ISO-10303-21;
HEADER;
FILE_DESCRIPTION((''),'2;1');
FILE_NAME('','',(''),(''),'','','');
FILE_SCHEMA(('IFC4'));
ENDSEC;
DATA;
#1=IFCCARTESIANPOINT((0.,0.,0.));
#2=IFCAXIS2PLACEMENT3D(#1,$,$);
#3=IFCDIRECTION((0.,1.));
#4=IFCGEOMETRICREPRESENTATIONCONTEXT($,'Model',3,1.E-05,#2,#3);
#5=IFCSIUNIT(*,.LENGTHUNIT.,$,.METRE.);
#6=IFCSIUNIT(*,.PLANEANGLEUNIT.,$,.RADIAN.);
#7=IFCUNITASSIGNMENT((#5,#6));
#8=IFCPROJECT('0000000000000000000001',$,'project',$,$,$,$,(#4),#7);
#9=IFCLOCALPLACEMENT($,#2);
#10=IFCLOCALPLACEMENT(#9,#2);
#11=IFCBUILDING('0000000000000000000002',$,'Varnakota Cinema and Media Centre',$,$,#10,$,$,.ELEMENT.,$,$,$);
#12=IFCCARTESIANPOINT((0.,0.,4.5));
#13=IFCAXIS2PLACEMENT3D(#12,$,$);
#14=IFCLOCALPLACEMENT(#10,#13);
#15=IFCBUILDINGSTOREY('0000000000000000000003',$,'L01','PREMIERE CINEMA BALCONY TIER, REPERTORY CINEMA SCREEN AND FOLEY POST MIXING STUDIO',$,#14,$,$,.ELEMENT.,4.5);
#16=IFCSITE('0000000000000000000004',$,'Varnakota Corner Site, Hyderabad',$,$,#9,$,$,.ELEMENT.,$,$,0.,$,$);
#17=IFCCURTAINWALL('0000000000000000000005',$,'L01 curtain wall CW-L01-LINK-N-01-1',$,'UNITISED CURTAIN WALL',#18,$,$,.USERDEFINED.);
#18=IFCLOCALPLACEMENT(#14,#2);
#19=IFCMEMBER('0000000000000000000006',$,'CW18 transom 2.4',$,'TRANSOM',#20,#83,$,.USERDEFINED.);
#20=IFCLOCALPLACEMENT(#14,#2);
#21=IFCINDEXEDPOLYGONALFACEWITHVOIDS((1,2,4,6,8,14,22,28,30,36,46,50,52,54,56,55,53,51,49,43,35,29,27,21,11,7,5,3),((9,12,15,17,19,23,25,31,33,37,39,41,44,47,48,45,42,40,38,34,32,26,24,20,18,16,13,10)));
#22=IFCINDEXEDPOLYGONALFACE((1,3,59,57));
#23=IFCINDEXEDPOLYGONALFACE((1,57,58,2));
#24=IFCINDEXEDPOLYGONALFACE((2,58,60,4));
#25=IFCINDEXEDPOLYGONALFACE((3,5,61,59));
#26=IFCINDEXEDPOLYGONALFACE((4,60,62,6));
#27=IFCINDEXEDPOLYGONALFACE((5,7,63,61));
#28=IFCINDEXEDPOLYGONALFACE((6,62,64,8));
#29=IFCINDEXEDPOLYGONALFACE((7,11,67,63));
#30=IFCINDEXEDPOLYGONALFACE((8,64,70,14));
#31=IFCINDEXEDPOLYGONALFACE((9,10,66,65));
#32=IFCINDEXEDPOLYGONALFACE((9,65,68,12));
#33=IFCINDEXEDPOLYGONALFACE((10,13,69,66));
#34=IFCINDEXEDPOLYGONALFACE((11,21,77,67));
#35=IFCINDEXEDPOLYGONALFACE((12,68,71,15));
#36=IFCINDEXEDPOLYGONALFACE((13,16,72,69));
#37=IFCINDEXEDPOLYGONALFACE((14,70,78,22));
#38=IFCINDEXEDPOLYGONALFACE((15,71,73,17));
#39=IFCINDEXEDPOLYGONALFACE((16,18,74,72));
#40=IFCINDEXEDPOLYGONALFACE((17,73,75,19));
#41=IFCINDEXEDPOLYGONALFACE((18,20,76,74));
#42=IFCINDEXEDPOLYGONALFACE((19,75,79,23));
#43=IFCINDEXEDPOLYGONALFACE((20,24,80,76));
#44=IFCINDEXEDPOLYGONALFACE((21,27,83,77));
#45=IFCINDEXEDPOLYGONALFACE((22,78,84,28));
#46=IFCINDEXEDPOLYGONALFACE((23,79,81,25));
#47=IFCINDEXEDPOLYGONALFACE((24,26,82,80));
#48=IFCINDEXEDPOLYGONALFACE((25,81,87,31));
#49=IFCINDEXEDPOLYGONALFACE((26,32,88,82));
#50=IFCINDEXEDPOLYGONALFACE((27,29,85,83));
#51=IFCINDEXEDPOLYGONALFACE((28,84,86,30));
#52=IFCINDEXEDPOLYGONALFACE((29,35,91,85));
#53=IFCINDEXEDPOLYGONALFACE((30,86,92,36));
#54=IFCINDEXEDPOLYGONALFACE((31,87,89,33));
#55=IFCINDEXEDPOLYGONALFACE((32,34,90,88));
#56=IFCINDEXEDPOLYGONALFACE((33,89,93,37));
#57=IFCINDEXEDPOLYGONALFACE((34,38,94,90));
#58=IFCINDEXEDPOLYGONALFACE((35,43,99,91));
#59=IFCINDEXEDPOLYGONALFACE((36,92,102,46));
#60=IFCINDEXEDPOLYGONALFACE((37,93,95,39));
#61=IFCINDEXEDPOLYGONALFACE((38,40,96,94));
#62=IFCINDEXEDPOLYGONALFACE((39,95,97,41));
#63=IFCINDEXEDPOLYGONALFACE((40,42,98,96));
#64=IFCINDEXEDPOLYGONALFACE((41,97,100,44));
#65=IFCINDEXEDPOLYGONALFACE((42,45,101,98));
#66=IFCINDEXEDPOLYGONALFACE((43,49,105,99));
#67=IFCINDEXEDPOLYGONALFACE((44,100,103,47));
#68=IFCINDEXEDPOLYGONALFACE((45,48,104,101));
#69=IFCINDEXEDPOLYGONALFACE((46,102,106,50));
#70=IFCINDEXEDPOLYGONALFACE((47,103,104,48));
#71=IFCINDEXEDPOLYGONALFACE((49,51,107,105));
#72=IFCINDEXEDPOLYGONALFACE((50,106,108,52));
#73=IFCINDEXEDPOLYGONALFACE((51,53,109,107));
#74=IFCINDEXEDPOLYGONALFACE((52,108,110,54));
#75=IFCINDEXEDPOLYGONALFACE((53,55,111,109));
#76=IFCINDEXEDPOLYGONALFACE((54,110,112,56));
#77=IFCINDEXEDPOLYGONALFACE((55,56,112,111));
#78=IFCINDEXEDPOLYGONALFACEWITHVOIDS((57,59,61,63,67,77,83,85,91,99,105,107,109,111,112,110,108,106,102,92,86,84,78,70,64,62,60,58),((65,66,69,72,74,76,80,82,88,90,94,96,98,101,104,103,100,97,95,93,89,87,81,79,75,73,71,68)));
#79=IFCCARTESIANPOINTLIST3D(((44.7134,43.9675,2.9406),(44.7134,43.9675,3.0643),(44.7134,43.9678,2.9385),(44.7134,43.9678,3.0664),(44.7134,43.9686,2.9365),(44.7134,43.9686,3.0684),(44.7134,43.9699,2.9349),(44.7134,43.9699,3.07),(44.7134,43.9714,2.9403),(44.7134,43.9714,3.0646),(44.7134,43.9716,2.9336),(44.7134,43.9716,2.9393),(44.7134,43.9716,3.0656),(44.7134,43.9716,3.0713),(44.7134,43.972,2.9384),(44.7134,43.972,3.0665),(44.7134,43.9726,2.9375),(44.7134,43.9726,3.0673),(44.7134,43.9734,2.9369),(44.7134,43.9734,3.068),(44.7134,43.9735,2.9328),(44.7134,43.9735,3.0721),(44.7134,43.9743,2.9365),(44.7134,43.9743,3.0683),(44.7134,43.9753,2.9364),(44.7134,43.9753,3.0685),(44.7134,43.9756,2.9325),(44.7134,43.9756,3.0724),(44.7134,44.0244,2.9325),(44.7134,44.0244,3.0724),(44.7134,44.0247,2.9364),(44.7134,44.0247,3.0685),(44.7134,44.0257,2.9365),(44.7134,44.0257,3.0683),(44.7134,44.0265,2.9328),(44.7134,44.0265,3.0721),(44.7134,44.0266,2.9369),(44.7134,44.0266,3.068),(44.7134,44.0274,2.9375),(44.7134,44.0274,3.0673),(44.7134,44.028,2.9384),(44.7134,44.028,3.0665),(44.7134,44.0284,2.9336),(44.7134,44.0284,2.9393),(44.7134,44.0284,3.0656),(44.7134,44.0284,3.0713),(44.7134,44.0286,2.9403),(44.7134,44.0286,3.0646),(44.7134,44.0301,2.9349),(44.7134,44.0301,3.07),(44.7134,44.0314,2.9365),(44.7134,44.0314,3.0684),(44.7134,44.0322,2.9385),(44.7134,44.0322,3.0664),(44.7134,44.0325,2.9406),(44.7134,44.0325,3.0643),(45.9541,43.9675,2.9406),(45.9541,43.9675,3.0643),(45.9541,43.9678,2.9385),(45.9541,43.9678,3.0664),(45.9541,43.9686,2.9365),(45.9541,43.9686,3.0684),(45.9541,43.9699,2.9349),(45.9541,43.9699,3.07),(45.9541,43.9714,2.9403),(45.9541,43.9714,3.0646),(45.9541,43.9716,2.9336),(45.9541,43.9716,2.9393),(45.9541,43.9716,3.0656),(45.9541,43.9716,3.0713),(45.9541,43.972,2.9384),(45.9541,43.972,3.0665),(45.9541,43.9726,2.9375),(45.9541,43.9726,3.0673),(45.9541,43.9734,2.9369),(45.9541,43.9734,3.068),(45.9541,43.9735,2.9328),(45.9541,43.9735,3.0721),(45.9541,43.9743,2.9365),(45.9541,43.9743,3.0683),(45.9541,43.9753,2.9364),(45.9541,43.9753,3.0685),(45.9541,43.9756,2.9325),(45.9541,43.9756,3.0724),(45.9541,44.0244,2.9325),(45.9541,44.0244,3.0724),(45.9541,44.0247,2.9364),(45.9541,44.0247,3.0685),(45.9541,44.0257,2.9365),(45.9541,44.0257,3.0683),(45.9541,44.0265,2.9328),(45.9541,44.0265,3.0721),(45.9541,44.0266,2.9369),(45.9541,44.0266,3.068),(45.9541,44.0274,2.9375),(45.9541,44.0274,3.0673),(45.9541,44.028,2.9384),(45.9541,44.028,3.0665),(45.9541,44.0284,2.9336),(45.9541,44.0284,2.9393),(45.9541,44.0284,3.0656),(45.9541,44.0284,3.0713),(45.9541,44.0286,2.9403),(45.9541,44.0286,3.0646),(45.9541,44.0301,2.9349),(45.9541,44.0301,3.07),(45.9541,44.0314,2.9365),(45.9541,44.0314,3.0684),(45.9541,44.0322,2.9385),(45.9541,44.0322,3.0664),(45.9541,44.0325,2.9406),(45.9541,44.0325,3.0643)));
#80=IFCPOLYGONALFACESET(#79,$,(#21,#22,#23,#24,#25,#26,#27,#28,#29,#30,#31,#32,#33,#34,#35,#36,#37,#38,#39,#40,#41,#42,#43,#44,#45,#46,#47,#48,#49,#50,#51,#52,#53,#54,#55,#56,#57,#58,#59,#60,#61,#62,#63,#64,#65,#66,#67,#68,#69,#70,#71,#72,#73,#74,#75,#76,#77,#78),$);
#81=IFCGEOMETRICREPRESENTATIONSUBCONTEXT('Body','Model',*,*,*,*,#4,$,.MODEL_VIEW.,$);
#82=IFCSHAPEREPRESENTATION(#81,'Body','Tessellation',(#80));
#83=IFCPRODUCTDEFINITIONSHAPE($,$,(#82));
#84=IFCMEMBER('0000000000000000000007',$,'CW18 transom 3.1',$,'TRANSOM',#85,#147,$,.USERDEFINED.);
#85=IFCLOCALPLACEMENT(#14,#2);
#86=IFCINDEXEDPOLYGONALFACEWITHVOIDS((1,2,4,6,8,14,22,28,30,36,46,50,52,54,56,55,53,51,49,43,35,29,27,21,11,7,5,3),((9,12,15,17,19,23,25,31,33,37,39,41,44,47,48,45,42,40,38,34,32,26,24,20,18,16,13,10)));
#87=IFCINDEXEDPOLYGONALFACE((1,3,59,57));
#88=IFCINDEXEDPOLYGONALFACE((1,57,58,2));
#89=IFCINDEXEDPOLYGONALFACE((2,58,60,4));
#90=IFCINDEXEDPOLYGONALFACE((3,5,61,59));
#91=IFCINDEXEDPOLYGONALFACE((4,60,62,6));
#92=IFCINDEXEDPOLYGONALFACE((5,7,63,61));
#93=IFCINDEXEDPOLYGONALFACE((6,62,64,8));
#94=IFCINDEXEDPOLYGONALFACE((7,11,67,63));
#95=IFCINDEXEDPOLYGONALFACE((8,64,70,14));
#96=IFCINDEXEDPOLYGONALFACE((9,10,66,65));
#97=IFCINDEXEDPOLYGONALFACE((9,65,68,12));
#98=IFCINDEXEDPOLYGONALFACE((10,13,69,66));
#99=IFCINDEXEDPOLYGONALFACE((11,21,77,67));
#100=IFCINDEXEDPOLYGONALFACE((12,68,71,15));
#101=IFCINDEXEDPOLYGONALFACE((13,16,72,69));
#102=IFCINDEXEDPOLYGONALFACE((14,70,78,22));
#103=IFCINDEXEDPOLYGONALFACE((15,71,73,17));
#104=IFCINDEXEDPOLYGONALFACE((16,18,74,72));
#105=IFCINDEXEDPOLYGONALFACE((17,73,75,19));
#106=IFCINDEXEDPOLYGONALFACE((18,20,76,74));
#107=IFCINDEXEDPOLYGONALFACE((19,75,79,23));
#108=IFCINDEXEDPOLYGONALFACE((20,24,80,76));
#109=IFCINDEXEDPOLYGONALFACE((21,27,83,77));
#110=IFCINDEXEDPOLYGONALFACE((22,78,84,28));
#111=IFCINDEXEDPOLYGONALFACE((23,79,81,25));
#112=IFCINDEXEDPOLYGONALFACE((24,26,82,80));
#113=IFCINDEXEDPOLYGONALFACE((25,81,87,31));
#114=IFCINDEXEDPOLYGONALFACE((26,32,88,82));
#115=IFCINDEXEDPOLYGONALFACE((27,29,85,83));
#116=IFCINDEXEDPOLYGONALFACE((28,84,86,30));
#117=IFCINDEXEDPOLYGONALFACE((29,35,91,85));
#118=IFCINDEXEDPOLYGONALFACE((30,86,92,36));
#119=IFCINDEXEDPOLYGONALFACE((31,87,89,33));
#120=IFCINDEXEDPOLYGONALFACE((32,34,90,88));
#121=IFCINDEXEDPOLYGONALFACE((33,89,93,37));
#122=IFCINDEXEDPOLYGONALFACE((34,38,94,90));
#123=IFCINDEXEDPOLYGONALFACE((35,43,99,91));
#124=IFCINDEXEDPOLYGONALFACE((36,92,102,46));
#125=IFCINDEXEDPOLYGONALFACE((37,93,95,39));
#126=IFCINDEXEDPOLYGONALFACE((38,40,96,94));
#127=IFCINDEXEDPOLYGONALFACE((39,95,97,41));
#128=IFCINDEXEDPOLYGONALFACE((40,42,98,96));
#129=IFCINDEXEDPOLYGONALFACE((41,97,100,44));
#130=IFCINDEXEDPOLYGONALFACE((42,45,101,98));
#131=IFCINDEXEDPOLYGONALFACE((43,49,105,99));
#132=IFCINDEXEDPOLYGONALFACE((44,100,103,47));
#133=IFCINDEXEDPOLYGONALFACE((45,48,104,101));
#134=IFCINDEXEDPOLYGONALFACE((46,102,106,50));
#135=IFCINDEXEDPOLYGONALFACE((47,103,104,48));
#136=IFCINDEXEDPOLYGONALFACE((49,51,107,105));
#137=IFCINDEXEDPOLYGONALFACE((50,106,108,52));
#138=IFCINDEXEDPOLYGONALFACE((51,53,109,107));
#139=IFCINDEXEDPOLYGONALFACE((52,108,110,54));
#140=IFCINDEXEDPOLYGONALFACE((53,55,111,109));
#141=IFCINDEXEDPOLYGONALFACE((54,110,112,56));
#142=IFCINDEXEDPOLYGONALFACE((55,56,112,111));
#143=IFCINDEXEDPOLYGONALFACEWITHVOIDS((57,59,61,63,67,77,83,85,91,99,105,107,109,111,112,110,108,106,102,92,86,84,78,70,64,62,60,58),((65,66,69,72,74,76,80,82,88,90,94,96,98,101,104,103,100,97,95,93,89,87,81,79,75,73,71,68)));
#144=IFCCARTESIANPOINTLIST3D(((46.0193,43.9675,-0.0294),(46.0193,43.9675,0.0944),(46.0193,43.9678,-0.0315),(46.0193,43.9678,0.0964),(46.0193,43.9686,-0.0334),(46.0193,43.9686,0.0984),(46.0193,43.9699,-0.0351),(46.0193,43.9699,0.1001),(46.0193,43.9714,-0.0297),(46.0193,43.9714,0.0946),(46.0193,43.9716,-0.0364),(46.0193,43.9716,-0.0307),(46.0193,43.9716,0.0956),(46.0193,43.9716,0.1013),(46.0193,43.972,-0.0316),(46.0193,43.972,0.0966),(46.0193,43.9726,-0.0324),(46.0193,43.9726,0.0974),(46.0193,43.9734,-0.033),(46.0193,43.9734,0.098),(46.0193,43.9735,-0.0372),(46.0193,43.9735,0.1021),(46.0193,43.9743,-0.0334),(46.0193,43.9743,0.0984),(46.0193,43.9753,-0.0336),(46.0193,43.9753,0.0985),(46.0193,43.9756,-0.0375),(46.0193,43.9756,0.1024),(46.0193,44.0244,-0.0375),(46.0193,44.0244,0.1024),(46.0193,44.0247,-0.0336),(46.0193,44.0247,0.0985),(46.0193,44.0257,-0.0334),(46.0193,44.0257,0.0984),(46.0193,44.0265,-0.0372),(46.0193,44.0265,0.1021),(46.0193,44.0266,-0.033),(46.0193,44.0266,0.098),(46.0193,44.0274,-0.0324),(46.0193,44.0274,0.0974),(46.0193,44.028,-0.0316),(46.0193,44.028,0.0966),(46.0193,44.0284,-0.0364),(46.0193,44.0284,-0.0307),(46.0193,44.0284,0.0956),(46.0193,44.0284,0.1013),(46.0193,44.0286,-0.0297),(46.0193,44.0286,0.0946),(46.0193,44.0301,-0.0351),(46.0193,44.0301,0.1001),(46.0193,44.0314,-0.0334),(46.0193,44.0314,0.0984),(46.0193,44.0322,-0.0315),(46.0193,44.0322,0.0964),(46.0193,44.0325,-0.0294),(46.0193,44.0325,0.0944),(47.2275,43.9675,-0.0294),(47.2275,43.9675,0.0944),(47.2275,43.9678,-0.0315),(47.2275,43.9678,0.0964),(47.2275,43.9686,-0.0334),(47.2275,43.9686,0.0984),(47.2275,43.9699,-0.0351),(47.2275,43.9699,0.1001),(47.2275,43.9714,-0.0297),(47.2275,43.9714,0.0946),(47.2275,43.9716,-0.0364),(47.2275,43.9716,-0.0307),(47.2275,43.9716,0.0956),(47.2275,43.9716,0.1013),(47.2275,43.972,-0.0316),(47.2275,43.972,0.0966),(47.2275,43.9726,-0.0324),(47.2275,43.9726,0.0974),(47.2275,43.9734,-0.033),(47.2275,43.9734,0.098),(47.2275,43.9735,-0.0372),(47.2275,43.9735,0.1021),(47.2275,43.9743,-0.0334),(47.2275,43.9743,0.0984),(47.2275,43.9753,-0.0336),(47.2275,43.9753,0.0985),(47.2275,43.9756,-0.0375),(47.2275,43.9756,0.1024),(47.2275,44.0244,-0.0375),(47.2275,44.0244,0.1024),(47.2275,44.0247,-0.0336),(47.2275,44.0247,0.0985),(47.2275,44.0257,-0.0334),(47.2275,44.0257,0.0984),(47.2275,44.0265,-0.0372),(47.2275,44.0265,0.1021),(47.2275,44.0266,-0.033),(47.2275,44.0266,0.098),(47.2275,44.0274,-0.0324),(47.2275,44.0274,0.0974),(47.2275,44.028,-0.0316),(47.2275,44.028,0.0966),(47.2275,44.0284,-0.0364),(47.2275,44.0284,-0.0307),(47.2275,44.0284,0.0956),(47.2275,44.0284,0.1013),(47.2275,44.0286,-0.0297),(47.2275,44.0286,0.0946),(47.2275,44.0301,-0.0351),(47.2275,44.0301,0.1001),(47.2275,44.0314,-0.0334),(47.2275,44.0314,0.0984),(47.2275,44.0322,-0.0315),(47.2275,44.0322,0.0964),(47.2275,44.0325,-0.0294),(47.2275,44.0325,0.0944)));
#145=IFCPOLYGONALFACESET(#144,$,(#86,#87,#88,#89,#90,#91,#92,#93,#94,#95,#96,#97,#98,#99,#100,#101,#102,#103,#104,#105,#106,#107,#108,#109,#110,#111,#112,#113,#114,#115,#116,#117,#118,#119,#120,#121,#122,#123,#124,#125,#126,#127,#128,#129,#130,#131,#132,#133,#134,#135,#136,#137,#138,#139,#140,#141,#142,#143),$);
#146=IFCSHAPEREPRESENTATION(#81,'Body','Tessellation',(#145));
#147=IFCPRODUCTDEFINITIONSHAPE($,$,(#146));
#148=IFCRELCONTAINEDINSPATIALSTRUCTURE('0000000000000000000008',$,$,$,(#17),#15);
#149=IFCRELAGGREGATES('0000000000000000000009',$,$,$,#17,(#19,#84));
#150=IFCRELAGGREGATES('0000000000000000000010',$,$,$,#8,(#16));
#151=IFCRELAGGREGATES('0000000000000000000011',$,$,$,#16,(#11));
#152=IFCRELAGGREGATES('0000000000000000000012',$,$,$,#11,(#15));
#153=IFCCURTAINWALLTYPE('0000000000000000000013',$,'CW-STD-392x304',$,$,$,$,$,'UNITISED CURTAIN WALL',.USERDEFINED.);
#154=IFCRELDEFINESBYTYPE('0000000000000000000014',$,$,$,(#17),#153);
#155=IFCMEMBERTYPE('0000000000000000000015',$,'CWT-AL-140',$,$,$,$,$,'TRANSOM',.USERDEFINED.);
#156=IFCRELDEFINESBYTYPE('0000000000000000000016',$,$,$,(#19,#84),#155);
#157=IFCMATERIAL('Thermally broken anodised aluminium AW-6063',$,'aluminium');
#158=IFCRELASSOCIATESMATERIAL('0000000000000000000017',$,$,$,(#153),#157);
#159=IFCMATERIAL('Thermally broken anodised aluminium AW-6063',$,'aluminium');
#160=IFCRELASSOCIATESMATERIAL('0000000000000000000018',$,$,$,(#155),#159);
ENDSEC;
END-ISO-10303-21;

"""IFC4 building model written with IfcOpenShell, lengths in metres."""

from ifc_helpers import new_model, si_unit, direction, frame, origin, origin_2d, place, context, subcontext, project, spatial, hollow_rectangle, extrude, material, material_profile, profile_set, type_object, element, aggregate, save


model = new_model("IFC4")

# Units and contexts
model_context = context("Model", 3, precision=1e-05, world=origin(), true_north=direction((0.0, 1.0)))
body_context = subcontext(model_context, "Body", "Model", "MODEL_VIEW")
ifc_project = project(units=[si_unit("LENGTHUNIT", "METRE"), si_unit("PLANEANGLEUNIT", "RADIAN")], contexts=[model_context])

# Site, building, storey
site_placement = place(None, origin())
site = spatial("IfcSite", under=ifc_project, at=site_placement, Name="Varnakota Corner Site, Hyderabad", CompositionType="ELEMENT", RefElevation=0.0)
building_placement = place(site_placement, origin())
building = spatial("IfcBuilding", under=site, at=building_placement, Name="Varnakota Cinema and Media Centre", CompositionType="ELEMENT")
storey_placement = place(building_placement, frame((0.0, 0.0, 4.5)))
storey = spatial("IfcBuildingStorey", under=building, at=storey_placement, Name="L01", Description="PREMIERE CINEMA BALCONY TIER, REPERTORY CINEMA SCREEN AND FOLEY POST MIXING STUDIO", CompositionType="ELEMENT", Elevation=4.5)

# Curtain wall
ifc_material_1 = material(Name="Thermally broken anodised aluminium AW-6063", Category="aluminium")
curtain_wall_type_1 = type_object("IfcCurtainWallType", Name="CW-STD-392x304", ElementType="UNITISED CURTAIN WALL", PredefinedType="USERDEFINED", material=ifc_material_1)
curtain_wall_1_placement = place(storey_placement, origin())
curtain_wall_1 = element("IfcCurtainWall", 1, at=curtain_wall_1_placement, inside=storey, type_object=curtain_wall_type_1, Name="L01 curtain wall CW-L01-LINK-N-01-1", ObjectType="UNITISED CURTAIN WALL", PredefinedType="USERDEFINED")

# Members
ifc_material_2 = material(Name="Thermally broken anodised aluminium AW-6063", Category="aluminium")
ifc_material_profile_1 = material_profile(ifc_material_2, hollow_rectangle(XDim=0.0649, YDim=0.1399, WallThickness=0.0039, InnerFilletRadius=0.0039, OuterFilletRadius=0.0081, at=origin_2d()), Name="AL-TRANSOM 140x65x4")
ifc_profile_set_1 = profile_set([ifc_material_profile_1], Name="Thermally broken anodised aluminium AW-6063")
member_type_1 = type_object("IfcMemberType", Name="CWT-AL-140", ElementType="TRANSOM", PredefinedType="USERDEFINED", material=ifc_profile_set_1)
member_1_placement = place(storey_placement, frame((44.7134, 44.0, 3.0024), z_axis=(1.0, 0.0, 0.0), x_axis=(0.0, 1.0, 0.0)))
member_1 = element("IfcMember", 2, at=member_1_placement, type_object=member_type_1, Name="CW18 transom 2.4", ObjectType="TRANSOM", PredefinedType="USERDEFINED", context=body_context, shape_type="SweptSolid", body=[
    extrude(hollow_rectangle(XDim=0.0649, YDim=0.1399, WallThickness=0.0039, InnerFilletRadius=0.0039, OuterFilletRadius=0.0081, at=origin_2d()), origin(), (0.0, 0.0, 1.0), 1.2407),
])
member_2_placement = place(storey_placement, frame((46.0193, 44.0, 0.0325), z_axis=(1.0, 0.0, 0.0), x_axis=(0.0, 1.0, 0.0)))
member_2 = element("IfcMember", 3, at=member_2_placement, type_object=member_type_1, Name="CW18 transom 3.1", ObjectType="TRANSOM", PredefinedType="USERDEFINED", context=body_context, shape_type="SweptSolid", body=[
    extrude(hollow_rectangle(XDim=0.0649, YDim=0.1399, WallThickness=0.0039, InnerFilletRadius=0.0039, OuterFilletRadius=0.0081, at=origin_2d()), origin(), (0.0, 0.0, 1.0), 1.2083),
])

aggregate(curtain_wall_1, [member_1, member_2])

save(model, "model.ifc")
